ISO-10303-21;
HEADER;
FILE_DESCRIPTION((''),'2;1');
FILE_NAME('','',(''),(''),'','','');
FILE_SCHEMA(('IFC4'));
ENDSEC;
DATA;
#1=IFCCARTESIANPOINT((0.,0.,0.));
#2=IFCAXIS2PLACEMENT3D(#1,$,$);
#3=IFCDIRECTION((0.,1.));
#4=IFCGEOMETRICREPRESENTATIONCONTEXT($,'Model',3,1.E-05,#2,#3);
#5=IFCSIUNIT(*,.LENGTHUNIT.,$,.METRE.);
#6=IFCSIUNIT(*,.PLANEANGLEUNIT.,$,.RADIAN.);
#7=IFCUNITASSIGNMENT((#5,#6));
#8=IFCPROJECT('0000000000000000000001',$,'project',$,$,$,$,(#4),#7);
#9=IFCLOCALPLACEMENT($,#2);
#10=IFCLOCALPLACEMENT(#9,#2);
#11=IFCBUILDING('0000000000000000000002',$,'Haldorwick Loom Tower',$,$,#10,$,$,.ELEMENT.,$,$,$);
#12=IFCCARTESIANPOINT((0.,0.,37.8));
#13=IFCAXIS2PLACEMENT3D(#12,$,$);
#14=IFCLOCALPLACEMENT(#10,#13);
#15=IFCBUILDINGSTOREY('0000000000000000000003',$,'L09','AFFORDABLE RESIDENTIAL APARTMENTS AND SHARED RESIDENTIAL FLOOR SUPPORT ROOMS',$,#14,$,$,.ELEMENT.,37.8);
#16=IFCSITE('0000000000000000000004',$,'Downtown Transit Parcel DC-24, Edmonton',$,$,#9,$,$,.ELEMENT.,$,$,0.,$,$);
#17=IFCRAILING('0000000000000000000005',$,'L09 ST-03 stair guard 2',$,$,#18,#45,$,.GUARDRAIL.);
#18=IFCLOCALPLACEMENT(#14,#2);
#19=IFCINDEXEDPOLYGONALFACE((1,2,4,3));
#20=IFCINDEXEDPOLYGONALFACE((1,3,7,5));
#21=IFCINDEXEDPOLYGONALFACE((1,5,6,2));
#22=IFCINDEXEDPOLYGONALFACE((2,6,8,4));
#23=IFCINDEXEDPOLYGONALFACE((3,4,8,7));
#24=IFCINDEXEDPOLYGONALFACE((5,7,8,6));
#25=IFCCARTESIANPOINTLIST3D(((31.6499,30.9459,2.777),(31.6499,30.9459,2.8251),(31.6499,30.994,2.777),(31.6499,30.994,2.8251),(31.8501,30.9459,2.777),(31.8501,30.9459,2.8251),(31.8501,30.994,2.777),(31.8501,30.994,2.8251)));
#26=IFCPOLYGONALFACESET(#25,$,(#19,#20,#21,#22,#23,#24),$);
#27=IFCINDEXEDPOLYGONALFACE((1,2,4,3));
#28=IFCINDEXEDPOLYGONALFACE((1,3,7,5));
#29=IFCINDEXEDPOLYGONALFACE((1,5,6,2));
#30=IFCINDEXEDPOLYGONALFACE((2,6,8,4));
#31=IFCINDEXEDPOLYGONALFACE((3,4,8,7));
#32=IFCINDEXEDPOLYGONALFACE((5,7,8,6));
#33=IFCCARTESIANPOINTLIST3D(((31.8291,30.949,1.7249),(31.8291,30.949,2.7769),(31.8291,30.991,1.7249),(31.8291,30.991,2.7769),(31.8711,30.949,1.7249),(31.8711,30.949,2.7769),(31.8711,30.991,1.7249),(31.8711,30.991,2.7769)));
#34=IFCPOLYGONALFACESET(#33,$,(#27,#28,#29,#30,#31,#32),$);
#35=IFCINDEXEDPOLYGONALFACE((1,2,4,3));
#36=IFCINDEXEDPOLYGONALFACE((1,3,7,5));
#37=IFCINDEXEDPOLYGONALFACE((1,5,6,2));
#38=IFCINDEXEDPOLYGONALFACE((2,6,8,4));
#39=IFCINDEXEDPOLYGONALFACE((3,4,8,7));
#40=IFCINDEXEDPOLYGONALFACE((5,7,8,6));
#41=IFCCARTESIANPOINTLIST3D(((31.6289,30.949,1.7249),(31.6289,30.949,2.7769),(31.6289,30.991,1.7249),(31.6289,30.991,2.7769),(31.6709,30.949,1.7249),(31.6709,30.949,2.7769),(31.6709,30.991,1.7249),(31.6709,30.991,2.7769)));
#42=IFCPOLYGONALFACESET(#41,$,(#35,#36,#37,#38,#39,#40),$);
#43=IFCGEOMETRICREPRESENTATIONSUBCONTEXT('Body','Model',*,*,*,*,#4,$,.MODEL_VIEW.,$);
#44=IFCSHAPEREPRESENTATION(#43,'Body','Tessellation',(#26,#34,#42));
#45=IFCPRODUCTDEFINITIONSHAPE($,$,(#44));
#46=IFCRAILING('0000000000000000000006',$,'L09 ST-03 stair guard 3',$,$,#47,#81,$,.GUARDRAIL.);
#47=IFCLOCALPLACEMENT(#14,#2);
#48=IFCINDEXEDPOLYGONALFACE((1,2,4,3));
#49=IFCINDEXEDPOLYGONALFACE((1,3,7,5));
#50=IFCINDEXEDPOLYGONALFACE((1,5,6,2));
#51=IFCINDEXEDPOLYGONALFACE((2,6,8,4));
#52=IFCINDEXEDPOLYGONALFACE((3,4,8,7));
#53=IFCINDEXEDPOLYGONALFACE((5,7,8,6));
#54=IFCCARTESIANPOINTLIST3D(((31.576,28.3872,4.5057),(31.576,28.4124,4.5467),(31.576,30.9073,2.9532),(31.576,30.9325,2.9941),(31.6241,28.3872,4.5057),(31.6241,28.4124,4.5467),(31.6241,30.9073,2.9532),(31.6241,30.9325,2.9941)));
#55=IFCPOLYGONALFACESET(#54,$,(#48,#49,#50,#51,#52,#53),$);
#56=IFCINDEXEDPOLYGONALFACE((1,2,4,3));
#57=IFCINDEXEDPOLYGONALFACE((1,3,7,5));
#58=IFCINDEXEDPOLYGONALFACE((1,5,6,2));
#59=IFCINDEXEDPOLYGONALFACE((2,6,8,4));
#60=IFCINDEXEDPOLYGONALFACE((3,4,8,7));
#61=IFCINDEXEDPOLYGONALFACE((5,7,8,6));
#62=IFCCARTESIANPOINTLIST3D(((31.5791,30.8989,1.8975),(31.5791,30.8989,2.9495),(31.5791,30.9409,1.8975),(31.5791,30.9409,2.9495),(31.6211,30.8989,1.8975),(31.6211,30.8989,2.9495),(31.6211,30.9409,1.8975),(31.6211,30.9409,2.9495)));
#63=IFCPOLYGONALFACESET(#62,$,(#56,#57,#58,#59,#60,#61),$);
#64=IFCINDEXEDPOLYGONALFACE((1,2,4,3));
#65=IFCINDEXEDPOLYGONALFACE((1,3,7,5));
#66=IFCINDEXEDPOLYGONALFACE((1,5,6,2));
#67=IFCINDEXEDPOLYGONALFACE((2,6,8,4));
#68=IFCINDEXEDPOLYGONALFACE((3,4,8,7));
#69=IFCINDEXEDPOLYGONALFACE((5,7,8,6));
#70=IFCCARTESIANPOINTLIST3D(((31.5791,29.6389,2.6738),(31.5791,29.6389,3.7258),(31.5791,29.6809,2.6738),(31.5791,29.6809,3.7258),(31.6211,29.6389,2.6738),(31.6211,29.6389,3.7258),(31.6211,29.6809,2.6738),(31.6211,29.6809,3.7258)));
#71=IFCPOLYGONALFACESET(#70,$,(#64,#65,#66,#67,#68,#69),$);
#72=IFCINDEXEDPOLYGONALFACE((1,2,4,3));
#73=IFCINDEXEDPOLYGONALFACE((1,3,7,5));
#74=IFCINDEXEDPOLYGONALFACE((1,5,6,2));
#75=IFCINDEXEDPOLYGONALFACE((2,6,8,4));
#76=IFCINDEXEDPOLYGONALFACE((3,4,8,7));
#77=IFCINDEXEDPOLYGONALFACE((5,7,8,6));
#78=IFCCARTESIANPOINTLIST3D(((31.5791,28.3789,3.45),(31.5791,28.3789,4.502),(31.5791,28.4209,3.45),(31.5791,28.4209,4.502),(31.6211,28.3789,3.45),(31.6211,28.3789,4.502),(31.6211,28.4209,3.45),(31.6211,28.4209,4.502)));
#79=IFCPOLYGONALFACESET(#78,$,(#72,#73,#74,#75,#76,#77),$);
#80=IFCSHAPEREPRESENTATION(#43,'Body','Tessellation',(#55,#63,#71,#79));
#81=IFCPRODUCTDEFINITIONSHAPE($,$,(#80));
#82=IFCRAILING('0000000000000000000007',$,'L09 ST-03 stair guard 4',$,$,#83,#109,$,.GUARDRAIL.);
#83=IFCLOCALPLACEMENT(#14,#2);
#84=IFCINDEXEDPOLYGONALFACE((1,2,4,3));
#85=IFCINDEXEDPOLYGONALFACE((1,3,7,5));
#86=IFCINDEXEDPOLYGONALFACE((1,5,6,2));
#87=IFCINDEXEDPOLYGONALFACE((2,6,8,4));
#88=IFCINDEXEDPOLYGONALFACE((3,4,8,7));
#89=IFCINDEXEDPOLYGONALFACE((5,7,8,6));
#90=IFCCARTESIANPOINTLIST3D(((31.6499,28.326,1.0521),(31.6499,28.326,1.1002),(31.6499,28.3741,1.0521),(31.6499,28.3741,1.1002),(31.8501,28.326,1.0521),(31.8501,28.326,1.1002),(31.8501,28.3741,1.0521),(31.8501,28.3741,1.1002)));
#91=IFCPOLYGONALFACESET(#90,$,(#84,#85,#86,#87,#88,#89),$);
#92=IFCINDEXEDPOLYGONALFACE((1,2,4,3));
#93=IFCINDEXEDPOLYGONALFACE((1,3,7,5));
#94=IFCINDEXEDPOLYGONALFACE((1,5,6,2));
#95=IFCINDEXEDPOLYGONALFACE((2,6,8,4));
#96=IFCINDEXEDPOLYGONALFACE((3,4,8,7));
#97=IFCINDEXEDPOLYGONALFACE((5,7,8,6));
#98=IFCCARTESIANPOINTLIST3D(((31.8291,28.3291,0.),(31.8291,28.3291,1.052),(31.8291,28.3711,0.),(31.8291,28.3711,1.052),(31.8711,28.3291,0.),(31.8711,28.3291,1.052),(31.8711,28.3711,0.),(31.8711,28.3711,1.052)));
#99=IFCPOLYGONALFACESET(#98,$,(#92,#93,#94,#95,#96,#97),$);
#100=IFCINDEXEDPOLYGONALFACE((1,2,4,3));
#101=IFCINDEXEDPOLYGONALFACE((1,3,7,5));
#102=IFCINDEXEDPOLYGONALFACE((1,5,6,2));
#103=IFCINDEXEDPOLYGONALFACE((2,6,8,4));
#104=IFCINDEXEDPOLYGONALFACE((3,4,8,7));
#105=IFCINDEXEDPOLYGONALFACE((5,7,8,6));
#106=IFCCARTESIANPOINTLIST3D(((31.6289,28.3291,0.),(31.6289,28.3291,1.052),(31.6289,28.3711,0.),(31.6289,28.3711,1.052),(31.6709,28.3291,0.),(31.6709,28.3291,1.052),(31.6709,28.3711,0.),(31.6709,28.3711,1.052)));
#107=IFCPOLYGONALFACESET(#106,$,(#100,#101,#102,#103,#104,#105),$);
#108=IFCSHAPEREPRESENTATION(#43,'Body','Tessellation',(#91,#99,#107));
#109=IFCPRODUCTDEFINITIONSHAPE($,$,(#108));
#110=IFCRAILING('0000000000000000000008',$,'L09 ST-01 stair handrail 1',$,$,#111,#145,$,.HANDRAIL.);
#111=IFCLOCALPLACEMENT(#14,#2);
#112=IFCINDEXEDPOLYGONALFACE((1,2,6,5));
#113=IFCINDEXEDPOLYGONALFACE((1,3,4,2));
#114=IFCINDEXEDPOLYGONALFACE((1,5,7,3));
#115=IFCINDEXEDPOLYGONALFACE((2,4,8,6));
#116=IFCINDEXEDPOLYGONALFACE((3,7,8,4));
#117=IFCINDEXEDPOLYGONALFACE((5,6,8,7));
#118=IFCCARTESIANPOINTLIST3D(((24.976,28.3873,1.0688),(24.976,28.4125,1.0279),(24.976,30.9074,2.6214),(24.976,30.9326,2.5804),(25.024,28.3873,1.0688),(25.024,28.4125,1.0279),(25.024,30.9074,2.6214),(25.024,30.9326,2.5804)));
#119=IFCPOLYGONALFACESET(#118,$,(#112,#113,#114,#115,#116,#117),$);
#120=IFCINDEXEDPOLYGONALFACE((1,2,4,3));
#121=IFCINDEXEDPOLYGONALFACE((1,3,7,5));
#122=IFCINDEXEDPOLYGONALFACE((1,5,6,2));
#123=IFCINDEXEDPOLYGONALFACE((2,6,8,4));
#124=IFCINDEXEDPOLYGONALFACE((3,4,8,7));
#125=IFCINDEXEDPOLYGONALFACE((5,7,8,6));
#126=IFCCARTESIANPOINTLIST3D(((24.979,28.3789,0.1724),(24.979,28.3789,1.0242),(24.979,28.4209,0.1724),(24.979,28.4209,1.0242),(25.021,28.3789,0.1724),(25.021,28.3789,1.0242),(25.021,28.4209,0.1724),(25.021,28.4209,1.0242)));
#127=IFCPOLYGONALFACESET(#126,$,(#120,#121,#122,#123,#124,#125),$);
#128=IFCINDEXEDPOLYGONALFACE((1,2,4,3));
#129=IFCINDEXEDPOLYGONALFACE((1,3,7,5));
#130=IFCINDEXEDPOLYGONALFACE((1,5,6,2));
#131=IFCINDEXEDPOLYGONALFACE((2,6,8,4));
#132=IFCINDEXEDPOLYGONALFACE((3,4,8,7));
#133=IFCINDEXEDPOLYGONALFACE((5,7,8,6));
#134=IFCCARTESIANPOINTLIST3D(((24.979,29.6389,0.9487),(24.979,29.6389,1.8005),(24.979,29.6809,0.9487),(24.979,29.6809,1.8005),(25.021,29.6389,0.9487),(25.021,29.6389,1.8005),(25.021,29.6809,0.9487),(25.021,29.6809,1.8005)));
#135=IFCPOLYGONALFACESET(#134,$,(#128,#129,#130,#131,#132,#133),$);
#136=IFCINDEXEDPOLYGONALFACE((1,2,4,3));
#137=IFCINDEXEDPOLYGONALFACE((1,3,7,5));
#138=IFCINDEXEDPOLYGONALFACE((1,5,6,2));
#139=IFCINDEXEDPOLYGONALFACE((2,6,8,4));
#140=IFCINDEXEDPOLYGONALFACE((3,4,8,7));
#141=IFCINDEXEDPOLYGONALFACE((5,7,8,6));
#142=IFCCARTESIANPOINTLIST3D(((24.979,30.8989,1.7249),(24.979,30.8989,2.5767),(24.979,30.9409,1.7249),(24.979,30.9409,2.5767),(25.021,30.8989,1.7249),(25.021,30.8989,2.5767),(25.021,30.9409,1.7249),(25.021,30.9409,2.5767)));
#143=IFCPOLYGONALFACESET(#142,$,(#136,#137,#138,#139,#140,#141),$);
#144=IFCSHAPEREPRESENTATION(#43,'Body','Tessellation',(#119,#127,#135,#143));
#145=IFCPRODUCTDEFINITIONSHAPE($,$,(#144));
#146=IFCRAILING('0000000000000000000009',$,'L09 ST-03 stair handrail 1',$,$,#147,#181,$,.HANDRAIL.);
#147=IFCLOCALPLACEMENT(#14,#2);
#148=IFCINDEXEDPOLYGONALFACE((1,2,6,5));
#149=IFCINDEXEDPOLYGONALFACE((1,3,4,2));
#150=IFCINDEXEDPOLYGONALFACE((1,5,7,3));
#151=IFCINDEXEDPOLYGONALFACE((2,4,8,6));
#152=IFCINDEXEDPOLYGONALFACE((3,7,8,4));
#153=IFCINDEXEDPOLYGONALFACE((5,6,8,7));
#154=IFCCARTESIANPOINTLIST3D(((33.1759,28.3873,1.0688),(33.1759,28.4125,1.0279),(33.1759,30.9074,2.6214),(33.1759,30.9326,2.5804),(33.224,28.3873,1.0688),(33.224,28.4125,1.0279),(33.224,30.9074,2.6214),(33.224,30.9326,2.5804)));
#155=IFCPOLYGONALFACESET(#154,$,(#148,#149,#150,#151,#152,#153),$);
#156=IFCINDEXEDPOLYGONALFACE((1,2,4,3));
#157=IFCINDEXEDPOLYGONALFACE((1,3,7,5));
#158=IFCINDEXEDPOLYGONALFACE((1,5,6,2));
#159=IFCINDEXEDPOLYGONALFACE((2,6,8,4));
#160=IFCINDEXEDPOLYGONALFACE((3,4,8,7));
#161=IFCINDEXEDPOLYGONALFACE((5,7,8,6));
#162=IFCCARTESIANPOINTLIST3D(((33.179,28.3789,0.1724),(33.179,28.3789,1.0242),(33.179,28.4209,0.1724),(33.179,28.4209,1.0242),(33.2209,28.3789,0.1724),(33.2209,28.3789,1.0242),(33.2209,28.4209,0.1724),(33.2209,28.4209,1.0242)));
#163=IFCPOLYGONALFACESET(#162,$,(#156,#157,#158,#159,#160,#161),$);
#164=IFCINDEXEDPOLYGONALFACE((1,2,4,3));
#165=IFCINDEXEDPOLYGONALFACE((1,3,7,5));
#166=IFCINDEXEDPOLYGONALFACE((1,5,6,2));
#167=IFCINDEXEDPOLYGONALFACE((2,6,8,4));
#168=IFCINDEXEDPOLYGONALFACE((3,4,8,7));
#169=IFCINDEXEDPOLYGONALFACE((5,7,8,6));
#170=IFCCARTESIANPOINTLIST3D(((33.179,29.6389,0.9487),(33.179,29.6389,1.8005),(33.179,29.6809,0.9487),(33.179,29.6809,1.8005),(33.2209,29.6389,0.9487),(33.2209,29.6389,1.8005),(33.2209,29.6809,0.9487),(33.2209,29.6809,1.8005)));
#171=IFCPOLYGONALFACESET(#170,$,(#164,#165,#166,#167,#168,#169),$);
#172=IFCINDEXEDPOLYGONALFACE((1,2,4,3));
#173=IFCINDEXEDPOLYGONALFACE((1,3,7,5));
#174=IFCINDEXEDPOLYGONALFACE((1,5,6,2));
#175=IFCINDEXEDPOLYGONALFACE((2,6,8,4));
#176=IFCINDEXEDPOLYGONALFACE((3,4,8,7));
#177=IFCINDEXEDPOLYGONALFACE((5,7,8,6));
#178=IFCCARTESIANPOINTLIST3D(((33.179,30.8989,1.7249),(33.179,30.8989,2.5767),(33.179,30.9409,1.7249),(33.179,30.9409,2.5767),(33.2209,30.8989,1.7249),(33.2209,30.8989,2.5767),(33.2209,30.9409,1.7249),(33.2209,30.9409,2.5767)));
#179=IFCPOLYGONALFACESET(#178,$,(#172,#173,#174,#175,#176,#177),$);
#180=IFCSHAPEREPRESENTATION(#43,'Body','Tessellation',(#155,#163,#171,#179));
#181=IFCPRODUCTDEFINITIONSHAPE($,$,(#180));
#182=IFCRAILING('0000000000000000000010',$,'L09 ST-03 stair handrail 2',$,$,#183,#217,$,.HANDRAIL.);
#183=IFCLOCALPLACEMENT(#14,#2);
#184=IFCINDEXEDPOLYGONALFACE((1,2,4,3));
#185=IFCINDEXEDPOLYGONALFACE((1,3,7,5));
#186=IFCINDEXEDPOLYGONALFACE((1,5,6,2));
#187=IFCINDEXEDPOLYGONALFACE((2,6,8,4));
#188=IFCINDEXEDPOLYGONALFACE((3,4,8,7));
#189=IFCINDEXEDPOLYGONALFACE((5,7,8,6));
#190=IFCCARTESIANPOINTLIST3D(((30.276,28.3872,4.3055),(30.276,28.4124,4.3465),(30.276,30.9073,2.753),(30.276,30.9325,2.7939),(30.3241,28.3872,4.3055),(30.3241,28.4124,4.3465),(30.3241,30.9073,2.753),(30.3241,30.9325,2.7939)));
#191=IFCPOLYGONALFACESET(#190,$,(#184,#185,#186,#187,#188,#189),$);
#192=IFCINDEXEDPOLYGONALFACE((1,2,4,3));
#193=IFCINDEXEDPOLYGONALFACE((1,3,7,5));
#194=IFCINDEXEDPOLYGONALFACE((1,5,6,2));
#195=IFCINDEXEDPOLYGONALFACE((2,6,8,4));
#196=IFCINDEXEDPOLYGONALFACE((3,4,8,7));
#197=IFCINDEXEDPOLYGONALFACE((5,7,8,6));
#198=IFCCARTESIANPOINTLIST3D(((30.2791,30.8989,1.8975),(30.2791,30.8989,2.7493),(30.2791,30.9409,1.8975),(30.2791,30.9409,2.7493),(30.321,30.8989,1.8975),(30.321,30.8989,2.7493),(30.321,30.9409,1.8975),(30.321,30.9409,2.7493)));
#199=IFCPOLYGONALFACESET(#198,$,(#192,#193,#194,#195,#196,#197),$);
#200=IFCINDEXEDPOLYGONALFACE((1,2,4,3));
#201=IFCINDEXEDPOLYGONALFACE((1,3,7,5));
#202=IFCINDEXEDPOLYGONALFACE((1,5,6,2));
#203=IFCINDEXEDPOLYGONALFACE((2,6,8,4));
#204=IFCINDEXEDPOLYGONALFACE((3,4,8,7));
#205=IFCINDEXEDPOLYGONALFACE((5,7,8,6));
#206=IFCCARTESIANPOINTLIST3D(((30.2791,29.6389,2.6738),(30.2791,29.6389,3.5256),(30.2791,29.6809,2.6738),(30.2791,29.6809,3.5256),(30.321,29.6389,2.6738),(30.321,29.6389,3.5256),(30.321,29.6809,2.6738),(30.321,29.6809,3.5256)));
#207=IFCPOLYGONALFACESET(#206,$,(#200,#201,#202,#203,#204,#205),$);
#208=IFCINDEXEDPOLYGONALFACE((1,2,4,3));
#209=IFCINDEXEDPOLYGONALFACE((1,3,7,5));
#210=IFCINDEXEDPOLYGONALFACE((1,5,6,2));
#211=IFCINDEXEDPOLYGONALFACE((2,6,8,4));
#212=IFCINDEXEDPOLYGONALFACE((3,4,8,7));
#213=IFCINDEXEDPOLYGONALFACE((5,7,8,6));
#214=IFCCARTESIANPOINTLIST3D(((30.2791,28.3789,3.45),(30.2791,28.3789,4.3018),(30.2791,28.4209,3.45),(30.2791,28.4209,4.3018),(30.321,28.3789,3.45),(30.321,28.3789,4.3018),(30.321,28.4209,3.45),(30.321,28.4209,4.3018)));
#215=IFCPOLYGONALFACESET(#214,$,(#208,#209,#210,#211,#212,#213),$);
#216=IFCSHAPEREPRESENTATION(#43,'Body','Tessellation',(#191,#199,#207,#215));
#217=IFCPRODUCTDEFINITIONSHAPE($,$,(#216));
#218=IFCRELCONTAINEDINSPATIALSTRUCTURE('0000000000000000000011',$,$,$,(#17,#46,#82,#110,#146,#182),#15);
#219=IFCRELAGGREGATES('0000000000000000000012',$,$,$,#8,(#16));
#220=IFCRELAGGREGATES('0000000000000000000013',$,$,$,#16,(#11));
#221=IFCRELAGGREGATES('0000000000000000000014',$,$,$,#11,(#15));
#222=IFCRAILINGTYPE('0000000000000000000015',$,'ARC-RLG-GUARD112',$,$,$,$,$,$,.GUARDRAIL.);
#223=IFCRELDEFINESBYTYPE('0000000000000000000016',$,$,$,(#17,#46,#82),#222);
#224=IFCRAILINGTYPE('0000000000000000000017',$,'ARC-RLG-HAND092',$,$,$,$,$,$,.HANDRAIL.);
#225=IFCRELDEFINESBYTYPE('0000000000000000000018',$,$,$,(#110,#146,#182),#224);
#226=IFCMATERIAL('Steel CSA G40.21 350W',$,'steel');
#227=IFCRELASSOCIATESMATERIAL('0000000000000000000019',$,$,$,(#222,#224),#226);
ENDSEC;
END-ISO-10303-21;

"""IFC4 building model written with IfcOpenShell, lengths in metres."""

from ifc_helpers import new_model, si_unit, direction, frame, origin, origin_2d, place, context, subcontext, project, spatial, rectangle, extrude, material, type_object, element, save


model = new_model("IFC4")

# Units and contexts
model_context = context("Model", 3, precision=1e-05, world=origin(), true_north=direction((0.0, 1.0)))
body_context = subcontext(model_context, "Body", "Model", "MODEL_VIEW")
ifc_project = project(units=[si_unit("LENGTHUNIT", "METRE"), si_unit("PLANEANGLEUNIT", "RADIAN")], contexts=[model_context])

# Site, building, storey
site_placement = place(None, origin())
site = spatial("IfcSite", under=ifc_project, at=site_placement, Name="Downtown Transit Parcel DC-24, Edmonton", CompositionType="ELEMENT", RefElevation=0.0)
building_placement = place(site_placement, origin())
building = spatial("IfcBuilding", under=site, at=building_placement, Name="Haldorwick Loom Tower", CompositionType="ELEMENT")
storey_placement = place(building_placement, frame((0.0, 0.0, 37.8)))
storey = spatial("IfcBuildingStorey", under=building, at=storey_placement, Name="L09", Description="AFFORDABLE RESIDENTIAL APARTMENTS AND SHARED RESIDENTIAL FLOOR SUPPORT ROOMS", CompositionType="ELEMENT", Elevation=37.8)

# Shared definitions
ifc_material_1 = material(Name="Steel CSA G40.21 350W", Category="steel")

# Railings
railing_type_1 = type_object("IfcRailingType", Name="ARC-RLG-GUARD112", PredefinedType="GUARDRAIL", material=ifc_material_1)
railing_1_placement = place(storey_placement, frame((31.8501, 30.97, 1.7249)))
element("IfcRailing", 1, at=railing_1_placement, inside=storey, type_object=railing_type_1, Name="L09 ST-03 stair guard 2", PredefinedType="GUARDRAIL", context=body_context, shape_type="SweptSolid", body=[
    extrude(rectangle(XDim=0.0481, YDim=0.0481, at=origin_2d()), frame((0.0, 0.0, 1.0762), z_axis=(-1.0, 0.0, 0.0), x_axis=(0.0, -1.0, 0.0)), (0.0, 0.0, 1.0), 0.2002),
    extrude(rectangle(XDim=0.042, YDim=0.042, at=origin_2d()), origin(), (0.0, 0.0, 1.0), 1.052),
    extrude(rectangle(XDim=0.042, YDim=0.042, at=origin_2d()), frame((-0.2002, 0.0, 0.0)), (0.0, 0.0, 1.0), 1.052),
])
railing_2_placement = place(storey_placement, frame((31.6001, 30.9199, 1.8975)))
element("IfcRailing", 2, at=railing_2_placement, inside=storey, type_object=railing_type_1, Name="L09 ST-03 stair guard 3", PredefinedType="GUARDRAIL", context=body_context, shape_type="SweptSolid", body=[
    extrude(rectangle(XDim=0.0481, YDim=0.0481, at=origin_2d()), frame((0.0, 0.0, 1.0762), z_axis=(0.0, -0.8514, 0.524516), x_axis=(1.0, 0.0, 0.0)), (0.0, 0.0, 1.0), 2.96),
    extrude(rectangle(XDim=0.042, YDim=0.042, at=origin_2d()), origin(), (0.0, 0.0, 1.0), 1.052),
    extrude(rectangle(XDim=0.042, YDim=0.042, at=origin_2d()), frame((0.0, -1.26, 0.7764)), (0.0, 0.0, 1.0), 1.052),
    extrude(rectangle(XDim=0.042, YDim=0.042, at=origin_2d()), frame((0.0, -2.52, 1.5525)), (0.0, 0.0, 1.0), 1.052),
])
railing_3_placement = place(storey_placement, frame((31.8501, 28.3501, 0.0)))
element("IfcRailing", 3, at=railing_3_placement, inside=storey, type_object=railing_type_1, Name="L09 ST-03 stair guard 4", PredefinedType="GUARDRAIL", context=body_context, shape_type="SweptSolid", body=[
    extrude(rectangle(XDim=0.0481, YDim=0.0481, at=origin_2d()), frame((0.0, 0.0, 1.0762), z_axis=(-1.0, 0.0, 0.0), x_axis=(0.0, -1.0, 0.0)), (0.0, 0.0, 1.0), 0.2002),
    extrude(rectangle(XDim=0.042, YDim=0.042, at=origin_2d()), origin(), (0.0, 0.0, 1.0), 1.052),
    extrude(rectangle(XDim=0.042, YDim=0.042, at=origin_2d()), frame((-0.2002, 0.0, 0.0)), (0.0, 0.0, 1.0), 1.052),
])
railing_type_2 = type_object("IfcRailingType", Name="ARC-RLG-HAND092", PredefinedType="HANDRAIL", material=ifc_material_1)
for number, where, name in (
    (4, (25.0, 28.3999, 0.1724), "L09 ST-01 stair handrail 1"),
    (5, (33.2, 28.3999, 0.1724), "L09 ST-03 stair handrail 1"),
):
    element("IfcRailing", number, at=place(storey_placement, frame(where)), inside=storey, type_object=railing_type_2, Name=name, PredefinedType="HANDRAIL", context=body_context, shape_type="SweptSolid", body=[
        extrude(rectangle(XDim=0.0481, YDim=0.0481, at=origin_2d()), frame((0.0, 0.0, 0.876), z_axis=(0.0, 0.8514, 0.524516), x_axis=(-1.0, 0.0, 0.0)), (0.0, 0.0, 1.0), 2.96),
        extrude(rectangle(XDim=0.042, YDim=0.042, at=origin_2d()), origin(), (0.0, 0.0, 1.0), 0.8518),
        extrude(rectangle(XDim=0.042, YDim=0.042, at=origin_2d()), frame((0.0, 1.26, 0.7764)), (0.0, 0.0, 1.0), 0.8518),
        extrude(rectangle(XDim=0.042, YDim=0.042, at=origin_2d()), frame((0.0, 2.52, 1.5525)), (0.0, 0.0, 1.0), 0.8518),
    ])
railing_4_placement = place(storey_placement, frame((30.3, 30.9199, 1.8975)))
element("IfcRailing", 6, at=railing_4_placement, inside=storey, type_object=railing_type_2, Name="L09 ST-03 stair handrail 2", PredefinedType="HANDRAIL", context=body_context, shape_type="SweptSolid", body=[
    extrude(rectangle(XDim=0.0481, YDim=0.0481, at=origin_2d()), frame((0.0, 0.0, 0.876), z_axis=(0.0, -0.8514, 0.524516), x_axis=(1.0, 0.0, 0.0)), (0.0, 0.0, 1.0), 2.96),
    extrude(rectangle(XDim=0.042, YDim=0.042, at=origin_2d()), origin(), (0.0, 0.0, 1.0), 0.8518),
    extrude(rectangle(XDim=0.042, YDim=0.042, at=origin_2d()), frame((0.0, -1.26, 0.7764)), (0.0, 0.0, 1.0), 0.8518),
    extrude(rectangle(XDim=0.042, YDim=0.042, at=origin_2d()), frame((0.0, -2.52, 1.5525)), (0.0, 0.0, 1.0), 0.8518),
])

save(model, "model.ifc")
